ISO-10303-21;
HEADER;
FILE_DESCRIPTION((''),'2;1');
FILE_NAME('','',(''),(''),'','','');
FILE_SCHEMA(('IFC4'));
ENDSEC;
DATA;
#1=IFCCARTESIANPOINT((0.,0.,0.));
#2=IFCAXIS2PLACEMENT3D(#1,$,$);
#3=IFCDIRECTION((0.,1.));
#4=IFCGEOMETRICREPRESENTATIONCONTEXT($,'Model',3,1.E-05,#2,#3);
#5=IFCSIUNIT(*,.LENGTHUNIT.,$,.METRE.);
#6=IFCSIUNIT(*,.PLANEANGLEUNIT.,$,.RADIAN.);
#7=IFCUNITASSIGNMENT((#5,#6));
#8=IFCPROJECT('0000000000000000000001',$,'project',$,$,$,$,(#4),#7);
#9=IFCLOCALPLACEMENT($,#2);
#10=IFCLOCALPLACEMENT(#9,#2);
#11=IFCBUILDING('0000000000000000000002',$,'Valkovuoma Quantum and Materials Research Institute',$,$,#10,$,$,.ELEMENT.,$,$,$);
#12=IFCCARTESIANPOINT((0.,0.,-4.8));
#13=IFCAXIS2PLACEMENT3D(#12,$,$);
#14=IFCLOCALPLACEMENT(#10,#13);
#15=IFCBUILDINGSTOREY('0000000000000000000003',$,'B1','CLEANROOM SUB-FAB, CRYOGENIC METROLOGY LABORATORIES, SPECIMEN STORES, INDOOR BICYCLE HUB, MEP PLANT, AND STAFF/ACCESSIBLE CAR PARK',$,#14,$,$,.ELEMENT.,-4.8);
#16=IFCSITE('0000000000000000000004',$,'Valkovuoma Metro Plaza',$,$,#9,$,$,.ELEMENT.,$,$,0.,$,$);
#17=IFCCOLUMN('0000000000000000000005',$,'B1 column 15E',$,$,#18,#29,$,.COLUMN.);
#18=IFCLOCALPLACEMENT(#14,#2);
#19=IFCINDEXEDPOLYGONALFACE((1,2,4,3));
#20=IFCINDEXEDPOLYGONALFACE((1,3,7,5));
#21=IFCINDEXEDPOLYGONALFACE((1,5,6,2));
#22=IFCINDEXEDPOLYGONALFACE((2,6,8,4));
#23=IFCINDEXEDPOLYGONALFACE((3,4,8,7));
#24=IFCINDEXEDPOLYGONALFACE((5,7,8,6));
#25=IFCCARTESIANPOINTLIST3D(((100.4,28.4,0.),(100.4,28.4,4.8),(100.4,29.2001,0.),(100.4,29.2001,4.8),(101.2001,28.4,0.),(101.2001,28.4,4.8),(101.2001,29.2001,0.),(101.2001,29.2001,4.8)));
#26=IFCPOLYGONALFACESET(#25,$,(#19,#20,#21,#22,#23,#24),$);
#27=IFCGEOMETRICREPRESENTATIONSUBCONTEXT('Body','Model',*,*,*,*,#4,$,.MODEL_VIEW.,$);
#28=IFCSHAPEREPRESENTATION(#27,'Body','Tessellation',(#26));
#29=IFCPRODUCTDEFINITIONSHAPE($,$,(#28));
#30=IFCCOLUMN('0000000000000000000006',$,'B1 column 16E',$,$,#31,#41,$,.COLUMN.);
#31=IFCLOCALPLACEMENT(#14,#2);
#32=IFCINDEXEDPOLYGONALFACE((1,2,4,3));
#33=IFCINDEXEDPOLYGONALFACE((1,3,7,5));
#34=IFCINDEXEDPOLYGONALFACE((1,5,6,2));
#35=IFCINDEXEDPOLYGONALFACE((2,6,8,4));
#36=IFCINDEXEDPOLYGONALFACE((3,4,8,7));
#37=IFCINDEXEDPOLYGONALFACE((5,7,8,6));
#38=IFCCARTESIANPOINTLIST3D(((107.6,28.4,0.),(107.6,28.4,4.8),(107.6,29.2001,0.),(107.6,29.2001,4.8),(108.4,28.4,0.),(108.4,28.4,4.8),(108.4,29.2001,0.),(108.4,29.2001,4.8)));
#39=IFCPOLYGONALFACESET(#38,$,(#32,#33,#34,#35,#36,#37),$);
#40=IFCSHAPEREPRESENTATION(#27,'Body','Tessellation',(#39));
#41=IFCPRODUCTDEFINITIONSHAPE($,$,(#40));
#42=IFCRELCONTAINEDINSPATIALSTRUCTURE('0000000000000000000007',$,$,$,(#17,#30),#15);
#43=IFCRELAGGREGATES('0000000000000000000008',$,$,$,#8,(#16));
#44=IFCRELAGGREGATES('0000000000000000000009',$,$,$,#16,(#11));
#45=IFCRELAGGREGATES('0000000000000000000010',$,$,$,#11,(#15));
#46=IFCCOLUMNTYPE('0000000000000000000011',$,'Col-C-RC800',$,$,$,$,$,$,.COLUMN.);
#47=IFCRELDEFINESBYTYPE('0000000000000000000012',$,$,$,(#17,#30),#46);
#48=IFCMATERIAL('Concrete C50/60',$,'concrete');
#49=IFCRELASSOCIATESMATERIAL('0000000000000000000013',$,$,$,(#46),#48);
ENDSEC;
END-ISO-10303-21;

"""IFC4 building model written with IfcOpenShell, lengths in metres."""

from ifc_helpers import new_model, si_unit, direction, frame, origin, origin_2d, place, context, subcontext, project, spatial, rectangle, extrude, material, material_profile, profile_set, type_object, element, save


model = new_model("IFC4")

# Units and contexts
model_context = context("Model", 3, precision=1e-05, world=origin(), true_north=direction((0.0, 1.0)))
body_context = subcontext(model_context, "Body", "Model", "MODEL_VIEW")
ifc_project = project(units=[si_unit("LENGTHUNIT", "METRE"), si_unit("PLANEANGLEUNIT", "RADIAN")], contexts=[model_context])

# Site, building, storey
site_placement = place(None, origin())
site = spatial("IfcSite", under=ifc_project, at=site_placement, Name="Valkovuoma Metro Plaza", CompositionType="ELEMENT", RefElevation=0.0)
building_placement = place(site_placement, origin())
building = spatial("IfcBuilding", under=site, at=building_placement, Name="Valkovuoma Quantum and Materials Research Institute", CompositionType="ELEMENT")
storey_placement = place(building_placement, frame((0.0, 0.0, -4.8)))
storey = spatial("IfcBuildingStorey", under=building, at=storey_placement, Name="B1", Description="CLEANROOM SUB-FAB, CRYOGENIC METROLOGY LABORATORIES, SPECIMEN STORES, INDOOR BICYCLE HUB, MEP PLANT, AND STAFF/ACCESSIBLE CAR PARK", CompositionType="ELEMENT", Elevation=-4.8)

# Columns
ifc_material_1 = material(Name="Concrete C50/60", Category="concrete")
ifc_material_profile_1 = material_profile(ifc_material_1, rectangle(XDim=0.8, YDim=0.8, at=origin_2d()), Name="Concrete C50/60")
ifc_profile_set_1 = profile_set([ifc_material_profile_1], Name="Concrete C50/60")
column_type = type_object("IfcColumnType", Name="Col-C-RC800", PredefinedType="COLUMN", material=ifc_profile_set_1)
for number, where, z_axis, x_axis, name in (
    (1, (100.8, 28.8, 0.0), (0.0, 0.0, 1.0), (1.0, 0.0, 0.0), "B1 column 15E"),
    (2, (108.0, 28.8, 0.0), (0.0, 0.0, 1.0), (1.0, 0.0, 0.0), "B1 column 16E"),
):
    element("IfcColumn", number, at=place(storey_placement, frame(where, z_axis=z_axis, x_axis=x_axis)), inside=storey, type_object=column_type, Name=name, PredefinedType="COLUMN", context=body_context, shape_type="SweptSolid", body=[
        extrude(rectangle(XDim=0.8, YDim=0.8, at=origin_2d()), origin(), (0.0, 0.0, 1.0), 4.8),
    ])

save(model, "model.ifc")
